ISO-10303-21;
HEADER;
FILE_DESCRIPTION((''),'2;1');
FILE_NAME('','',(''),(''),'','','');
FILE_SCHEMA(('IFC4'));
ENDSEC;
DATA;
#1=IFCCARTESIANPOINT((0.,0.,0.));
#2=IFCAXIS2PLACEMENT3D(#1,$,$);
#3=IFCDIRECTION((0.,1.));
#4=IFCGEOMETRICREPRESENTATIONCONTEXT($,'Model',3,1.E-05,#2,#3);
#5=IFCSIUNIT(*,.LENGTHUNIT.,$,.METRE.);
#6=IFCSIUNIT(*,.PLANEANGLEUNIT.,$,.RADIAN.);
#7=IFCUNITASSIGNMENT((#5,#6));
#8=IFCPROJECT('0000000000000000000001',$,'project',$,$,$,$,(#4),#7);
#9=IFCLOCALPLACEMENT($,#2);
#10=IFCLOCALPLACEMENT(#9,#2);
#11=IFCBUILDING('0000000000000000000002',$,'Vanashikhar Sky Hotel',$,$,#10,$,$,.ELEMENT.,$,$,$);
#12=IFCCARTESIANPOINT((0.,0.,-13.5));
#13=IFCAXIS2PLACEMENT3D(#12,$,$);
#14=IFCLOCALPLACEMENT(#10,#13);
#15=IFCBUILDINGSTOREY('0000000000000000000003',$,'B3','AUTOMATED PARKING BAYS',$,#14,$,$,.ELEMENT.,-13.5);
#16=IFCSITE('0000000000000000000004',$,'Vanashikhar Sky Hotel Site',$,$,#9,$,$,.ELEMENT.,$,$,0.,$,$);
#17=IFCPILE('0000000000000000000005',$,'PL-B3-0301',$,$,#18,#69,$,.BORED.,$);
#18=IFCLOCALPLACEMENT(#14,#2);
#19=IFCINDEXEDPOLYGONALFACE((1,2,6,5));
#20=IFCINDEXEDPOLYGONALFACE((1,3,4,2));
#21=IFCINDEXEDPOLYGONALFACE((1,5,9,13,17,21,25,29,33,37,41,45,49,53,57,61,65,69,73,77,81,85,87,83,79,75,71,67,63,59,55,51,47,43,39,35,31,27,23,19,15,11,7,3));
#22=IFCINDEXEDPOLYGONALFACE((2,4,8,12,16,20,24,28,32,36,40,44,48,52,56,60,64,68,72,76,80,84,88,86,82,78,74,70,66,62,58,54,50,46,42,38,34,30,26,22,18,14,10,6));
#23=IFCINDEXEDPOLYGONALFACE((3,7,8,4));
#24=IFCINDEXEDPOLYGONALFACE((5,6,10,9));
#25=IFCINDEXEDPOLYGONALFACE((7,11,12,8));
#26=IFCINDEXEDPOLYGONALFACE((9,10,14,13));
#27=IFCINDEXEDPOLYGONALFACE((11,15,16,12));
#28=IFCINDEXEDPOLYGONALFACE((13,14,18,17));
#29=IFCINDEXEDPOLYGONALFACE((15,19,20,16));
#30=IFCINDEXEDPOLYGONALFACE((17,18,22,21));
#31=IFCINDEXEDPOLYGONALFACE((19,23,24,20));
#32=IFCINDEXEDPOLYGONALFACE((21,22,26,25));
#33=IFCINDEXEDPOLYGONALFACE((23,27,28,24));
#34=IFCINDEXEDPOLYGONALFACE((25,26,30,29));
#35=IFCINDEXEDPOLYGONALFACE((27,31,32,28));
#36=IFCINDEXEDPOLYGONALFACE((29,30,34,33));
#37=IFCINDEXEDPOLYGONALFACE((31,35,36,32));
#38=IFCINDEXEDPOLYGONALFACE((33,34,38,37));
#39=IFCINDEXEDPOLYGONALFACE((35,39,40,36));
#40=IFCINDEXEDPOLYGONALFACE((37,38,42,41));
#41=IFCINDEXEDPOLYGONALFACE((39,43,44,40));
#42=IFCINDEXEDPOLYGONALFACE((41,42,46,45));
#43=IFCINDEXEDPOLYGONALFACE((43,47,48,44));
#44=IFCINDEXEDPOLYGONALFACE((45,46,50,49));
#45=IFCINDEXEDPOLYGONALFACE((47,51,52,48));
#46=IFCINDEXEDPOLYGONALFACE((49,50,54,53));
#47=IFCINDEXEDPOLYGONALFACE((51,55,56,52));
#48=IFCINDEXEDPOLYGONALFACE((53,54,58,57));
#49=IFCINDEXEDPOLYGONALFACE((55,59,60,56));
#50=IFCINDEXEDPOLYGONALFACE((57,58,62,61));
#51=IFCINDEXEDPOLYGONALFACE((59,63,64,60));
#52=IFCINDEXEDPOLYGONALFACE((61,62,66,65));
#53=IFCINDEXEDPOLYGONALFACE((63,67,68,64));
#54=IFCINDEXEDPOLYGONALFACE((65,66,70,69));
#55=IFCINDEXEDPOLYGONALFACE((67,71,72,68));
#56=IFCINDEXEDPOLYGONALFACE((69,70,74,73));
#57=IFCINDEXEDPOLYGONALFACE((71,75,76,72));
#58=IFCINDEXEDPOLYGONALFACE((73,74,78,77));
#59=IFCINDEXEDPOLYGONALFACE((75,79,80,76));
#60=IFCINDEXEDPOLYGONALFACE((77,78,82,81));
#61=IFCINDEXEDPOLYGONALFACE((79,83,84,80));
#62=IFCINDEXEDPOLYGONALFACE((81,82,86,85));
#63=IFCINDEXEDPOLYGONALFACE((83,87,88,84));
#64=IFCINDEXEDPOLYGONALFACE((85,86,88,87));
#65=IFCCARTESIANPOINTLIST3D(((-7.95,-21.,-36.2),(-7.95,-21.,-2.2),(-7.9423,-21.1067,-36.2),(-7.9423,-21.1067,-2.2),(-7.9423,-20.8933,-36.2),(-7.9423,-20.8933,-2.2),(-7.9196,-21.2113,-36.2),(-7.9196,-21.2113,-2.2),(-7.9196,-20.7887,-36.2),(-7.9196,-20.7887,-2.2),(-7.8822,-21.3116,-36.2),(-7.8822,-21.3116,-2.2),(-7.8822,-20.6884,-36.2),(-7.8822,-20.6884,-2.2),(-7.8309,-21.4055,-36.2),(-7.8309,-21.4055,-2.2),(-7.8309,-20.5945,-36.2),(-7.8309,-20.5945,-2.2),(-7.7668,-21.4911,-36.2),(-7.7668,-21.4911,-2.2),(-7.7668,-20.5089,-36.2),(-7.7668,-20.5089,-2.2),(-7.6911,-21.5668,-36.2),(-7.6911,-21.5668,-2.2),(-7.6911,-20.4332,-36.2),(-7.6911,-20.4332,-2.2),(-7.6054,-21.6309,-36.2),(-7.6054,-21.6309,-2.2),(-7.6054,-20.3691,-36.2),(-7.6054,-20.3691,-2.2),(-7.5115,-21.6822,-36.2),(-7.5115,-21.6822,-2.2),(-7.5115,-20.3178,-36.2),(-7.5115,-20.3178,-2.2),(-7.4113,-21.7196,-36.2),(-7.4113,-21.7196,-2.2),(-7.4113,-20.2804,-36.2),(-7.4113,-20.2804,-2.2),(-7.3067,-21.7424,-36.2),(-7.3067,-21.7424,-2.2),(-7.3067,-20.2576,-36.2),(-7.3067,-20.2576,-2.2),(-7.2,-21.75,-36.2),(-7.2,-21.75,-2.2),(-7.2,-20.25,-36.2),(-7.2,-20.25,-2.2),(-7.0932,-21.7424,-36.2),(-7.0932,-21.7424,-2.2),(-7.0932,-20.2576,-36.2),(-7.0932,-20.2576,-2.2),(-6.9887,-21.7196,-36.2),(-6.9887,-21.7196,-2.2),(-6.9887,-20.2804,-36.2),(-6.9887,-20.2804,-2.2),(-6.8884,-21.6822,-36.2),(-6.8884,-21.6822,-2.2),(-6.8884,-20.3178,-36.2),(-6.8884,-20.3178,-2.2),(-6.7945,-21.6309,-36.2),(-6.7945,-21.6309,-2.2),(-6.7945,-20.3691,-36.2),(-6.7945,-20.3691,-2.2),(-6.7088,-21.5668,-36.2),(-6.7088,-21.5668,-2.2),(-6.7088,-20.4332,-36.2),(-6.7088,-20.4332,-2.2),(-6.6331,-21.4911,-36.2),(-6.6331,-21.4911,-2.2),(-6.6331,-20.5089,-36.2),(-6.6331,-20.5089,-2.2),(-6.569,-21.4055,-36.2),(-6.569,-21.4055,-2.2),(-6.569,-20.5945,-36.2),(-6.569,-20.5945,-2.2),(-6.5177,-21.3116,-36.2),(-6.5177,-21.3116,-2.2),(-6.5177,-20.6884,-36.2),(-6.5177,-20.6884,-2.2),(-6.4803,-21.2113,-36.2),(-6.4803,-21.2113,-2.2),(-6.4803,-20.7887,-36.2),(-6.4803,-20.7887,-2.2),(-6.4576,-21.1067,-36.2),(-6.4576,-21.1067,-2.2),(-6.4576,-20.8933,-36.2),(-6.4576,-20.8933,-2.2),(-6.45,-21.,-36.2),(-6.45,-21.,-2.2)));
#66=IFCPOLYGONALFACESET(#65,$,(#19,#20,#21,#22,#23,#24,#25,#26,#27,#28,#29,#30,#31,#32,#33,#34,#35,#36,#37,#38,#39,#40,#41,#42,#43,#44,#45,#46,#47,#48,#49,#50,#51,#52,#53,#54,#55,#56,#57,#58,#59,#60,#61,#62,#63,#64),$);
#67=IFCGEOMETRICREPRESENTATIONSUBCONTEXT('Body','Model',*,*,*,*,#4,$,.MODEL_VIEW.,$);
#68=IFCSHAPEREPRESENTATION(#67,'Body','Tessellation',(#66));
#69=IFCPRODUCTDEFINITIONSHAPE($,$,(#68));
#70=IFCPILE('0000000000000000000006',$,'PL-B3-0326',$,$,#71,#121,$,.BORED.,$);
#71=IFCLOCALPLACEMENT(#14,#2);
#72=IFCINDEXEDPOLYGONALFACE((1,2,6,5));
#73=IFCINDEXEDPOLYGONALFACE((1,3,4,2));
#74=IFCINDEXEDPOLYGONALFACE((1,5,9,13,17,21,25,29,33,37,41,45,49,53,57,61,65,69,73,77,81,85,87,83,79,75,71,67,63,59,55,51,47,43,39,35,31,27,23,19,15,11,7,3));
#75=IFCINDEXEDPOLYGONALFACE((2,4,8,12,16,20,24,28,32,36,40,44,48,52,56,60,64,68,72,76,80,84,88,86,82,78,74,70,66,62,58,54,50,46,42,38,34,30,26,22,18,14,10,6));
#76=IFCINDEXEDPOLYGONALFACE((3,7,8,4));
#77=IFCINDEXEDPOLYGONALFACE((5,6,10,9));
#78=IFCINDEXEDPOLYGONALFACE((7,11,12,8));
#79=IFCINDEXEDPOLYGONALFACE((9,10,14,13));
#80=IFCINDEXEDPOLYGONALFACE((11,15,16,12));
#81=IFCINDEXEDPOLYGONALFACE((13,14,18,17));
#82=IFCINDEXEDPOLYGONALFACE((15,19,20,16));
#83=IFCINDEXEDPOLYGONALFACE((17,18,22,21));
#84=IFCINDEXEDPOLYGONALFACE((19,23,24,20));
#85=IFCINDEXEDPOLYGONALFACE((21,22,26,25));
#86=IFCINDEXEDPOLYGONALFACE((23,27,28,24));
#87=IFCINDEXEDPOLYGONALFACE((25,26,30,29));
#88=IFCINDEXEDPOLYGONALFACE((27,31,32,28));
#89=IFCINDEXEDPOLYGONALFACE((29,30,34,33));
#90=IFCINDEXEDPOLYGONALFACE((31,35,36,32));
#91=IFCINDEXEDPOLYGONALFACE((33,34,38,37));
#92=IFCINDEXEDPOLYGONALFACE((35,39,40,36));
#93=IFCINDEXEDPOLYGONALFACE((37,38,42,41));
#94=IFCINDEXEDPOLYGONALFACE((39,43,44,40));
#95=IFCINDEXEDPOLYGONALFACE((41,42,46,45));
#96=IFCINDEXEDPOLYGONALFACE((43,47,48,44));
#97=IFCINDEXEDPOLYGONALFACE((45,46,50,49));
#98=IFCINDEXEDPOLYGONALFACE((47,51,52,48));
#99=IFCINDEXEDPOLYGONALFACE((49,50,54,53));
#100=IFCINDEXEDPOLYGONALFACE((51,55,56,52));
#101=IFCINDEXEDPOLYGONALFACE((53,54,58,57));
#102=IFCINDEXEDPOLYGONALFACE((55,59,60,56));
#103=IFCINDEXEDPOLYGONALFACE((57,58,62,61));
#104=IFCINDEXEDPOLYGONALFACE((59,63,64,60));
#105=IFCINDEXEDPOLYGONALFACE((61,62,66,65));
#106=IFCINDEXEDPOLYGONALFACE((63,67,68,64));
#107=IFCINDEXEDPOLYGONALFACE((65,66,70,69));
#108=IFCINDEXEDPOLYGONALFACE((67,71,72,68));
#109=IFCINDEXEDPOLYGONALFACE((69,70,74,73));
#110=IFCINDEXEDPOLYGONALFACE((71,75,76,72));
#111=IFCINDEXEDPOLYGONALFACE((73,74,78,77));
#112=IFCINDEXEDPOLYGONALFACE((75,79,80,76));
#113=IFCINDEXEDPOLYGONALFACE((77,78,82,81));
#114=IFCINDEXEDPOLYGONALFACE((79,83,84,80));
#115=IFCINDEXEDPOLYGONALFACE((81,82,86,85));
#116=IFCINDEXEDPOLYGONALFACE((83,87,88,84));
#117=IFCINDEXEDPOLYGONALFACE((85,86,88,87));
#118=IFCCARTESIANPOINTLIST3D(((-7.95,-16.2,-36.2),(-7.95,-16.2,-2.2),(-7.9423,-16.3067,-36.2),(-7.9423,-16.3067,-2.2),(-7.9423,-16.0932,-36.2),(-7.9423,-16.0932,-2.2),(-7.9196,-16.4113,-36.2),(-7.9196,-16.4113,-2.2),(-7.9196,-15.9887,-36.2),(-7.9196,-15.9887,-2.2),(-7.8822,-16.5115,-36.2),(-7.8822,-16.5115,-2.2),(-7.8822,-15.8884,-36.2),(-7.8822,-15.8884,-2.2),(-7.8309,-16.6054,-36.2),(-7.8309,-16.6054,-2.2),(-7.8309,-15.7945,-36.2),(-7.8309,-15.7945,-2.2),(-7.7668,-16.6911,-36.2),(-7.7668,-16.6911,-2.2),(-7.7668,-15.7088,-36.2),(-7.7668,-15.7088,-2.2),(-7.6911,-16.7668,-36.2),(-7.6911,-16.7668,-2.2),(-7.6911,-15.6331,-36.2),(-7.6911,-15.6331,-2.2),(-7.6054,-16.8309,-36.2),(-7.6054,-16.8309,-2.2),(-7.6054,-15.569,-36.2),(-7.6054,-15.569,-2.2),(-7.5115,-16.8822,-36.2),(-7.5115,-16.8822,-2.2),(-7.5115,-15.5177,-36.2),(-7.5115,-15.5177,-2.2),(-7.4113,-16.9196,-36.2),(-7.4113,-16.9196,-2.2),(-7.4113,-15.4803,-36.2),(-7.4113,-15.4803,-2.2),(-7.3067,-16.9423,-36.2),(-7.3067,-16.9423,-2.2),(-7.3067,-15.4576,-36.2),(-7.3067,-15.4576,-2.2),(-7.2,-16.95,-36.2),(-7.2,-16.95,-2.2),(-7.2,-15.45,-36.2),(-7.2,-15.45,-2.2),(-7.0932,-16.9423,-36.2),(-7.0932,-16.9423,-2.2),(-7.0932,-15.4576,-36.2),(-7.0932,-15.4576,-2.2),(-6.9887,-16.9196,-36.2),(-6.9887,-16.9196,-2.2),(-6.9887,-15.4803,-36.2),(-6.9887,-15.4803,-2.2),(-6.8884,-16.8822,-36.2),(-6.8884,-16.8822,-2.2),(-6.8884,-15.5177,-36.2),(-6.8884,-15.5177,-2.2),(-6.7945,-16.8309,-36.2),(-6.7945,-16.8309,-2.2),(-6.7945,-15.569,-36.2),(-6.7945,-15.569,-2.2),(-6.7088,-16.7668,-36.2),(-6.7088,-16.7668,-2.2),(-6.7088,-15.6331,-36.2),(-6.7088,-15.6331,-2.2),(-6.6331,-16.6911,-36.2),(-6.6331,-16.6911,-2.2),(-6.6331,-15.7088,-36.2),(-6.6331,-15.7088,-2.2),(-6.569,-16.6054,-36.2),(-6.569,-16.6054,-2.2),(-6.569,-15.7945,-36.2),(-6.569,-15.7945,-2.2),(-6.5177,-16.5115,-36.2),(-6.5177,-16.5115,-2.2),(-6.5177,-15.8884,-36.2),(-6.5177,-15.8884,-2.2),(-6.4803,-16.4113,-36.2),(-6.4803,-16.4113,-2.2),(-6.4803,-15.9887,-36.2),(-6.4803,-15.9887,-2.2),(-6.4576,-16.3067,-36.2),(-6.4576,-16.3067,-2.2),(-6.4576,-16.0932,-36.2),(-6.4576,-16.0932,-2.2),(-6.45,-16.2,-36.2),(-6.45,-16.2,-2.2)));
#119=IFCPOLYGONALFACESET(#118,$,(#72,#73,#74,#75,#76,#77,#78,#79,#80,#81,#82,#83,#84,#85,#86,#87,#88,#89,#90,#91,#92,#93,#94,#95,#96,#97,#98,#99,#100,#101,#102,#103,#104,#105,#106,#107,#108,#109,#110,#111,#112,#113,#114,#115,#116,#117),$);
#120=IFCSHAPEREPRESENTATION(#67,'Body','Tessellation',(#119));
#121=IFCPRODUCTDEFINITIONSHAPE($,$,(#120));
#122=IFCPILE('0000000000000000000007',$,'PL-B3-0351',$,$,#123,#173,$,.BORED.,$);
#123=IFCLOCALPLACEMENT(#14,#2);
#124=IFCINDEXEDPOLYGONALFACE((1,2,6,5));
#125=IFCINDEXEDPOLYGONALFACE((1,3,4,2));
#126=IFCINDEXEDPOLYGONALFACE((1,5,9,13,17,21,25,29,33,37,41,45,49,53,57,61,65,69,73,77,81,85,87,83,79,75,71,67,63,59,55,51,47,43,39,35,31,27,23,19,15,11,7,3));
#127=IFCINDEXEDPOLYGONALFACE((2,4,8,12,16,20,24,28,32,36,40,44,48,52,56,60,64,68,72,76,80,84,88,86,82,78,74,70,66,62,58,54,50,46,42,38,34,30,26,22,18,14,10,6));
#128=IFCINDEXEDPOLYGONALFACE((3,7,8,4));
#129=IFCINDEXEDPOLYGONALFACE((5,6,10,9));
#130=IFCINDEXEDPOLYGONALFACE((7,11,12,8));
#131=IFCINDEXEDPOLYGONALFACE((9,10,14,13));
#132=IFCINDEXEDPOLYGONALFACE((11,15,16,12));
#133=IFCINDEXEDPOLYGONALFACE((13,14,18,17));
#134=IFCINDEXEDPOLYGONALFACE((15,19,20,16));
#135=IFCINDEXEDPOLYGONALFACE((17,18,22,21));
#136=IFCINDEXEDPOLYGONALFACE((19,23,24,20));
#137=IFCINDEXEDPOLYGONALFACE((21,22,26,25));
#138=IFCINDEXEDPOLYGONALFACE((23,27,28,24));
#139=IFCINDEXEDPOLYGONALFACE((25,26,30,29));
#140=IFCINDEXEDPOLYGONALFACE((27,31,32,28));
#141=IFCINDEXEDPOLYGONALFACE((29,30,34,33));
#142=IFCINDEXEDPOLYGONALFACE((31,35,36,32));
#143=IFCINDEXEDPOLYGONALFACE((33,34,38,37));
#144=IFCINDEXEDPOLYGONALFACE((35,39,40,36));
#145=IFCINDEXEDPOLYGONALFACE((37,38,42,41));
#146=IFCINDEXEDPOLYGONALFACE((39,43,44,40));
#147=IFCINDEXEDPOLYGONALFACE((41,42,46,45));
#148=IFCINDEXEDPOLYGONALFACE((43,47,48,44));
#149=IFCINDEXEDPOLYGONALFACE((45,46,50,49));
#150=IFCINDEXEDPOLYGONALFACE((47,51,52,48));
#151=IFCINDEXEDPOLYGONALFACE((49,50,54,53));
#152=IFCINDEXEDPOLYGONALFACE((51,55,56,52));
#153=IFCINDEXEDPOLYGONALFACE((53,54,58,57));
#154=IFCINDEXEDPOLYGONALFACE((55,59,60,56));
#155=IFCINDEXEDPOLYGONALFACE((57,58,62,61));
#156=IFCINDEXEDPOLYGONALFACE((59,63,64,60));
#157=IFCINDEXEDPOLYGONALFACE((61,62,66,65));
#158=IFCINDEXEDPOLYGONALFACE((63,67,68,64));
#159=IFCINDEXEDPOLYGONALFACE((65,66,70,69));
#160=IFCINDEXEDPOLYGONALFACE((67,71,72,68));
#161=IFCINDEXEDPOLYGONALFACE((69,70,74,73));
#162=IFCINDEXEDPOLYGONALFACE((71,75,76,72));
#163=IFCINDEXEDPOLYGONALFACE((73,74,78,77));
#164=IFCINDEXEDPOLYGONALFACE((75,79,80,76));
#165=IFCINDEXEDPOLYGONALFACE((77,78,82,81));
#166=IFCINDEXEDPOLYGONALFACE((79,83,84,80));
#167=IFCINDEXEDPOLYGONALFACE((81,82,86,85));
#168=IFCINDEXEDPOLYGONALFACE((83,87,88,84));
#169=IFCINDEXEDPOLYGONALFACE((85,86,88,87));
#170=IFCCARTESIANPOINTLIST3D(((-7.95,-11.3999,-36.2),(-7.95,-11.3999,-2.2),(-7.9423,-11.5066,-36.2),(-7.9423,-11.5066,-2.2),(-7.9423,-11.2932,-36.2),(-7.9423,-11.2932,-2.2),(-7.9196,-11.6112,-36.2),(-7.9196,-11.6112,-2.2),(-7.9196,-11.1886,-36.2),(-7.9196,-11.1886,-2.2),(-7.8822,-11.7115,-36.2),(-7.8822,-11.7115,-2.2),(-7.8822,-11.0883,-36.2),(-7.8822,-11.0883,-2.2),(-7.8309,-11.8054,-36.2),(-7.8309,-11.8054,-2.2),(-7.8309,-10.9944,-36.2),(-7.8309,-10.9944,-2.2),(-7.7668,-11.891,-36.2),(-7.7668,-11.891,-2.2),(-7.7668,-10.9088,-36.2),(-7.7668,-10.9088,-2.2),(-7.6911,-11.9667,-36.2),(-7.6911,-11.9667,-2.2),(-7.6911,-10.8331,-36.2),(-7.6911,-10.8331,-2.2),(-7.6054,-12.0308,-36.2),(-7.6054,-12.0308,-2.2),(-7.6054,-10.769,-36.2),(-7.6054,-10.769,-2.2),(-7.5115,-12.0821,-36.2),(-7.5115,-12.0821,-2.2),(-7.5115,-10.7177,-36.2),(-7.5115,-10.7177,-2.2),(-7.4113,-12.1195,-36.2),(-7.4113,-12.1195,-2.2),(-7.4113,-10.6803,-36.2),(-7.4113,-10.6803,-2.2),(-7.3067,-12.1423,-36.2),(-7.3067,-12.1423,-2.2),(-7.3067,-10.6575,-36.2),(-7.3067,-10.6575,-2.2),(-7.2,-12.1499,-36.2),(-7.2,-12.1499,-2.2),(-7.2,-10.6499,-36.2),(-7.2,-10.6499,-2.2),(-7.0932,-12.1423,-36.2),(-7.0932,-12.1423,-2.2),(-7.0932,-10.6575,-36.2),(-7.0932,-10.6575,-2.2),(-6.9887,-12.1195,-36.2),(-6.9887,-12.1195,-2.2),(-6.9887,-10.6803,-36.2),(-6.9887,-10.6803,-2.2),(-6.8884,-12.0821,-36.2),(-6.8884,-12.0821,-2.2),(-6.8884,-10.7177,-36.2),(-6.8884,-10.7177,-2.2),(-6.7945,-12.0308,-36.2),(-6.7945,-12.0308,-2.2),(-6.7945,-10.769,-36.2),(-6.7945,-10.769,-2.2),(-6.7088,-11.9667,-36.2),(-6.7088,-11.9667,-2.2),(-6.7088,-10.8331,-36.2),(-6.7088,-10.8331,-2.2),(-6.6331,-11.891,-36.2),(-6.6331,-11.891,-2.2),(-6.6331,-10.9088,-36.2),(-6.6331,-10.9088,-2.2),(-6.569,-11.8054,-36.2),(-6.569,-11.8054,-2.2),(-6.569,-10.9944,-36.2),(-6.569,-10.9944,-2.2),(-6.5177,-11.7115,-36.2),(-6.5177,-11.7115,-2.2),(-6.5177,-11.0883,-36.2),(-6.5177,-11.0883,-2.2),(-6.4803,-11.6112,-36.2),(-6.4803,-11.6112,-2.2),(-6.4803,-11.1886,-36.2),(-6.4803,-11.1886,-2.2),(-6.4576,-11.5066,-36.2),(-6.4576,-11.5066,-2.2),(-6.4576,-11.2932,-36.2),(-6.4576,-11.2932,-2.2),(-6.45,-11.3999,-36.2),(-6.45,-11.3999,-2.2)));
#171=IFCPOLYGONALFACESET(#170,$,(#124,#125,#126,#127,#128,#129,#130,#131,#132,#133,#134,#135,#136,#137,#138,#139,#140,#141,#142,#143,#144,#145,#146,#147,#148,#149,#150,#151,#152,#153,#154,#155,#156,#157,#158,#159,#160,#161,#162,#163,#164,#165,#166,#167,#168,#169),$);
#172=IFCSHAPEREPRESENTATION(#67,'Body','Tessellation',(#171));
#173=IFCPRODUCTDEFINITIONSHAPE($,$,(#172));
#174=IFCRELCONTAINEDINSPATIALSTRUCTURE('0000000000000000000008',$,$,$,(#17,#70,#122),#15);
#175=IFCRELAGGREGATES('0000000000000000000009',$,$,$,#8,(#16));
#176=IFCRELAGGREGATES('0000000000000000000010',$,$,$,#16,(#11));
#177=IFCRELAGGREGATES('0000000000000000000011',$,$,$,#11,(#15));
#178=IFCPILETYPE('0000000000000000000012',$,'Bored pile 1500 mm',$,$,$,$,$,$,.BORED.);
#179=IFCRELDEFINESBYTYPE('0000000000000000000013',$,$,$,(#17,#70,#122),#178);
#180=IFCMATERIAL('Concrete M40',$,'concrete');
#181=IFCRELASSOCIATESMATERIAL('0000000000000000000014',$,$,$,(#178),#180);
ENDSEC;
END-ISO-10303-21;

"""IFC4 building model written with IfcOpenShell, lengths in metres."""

from ifc_helpers import new_model, si_unit, direction, frame, origin, origin_2d, place, context, subcontext, project, spatial, circle, extrude, source, transform, mapped, material, type_object, element, save


model = new_model("IFC4")

# Units and contexts
model_context = context("Model", 3, precision=1e-05, world=origin(), true_north=direction((0.0, 1.0)))
body_context = subcontext(model_context, "Body", "Model", "MODEL_VIEW")
ifc_project = project(units=[si_unit("LENGTHUNIT", "METRE"), si_unit("PLANEANGLEUNIT", "RADIAN")], contexts=[model_context])

# Site, building, storey
site_placement = place(None, origin())
site = spatial("IfcSite", under=ifc_project, at=site_placement, Name="Vanashikhar Sky Hotel Site", CompositionType="ELEMENT", RefElevation=0.0)
building_placement = place(site_placement, origin())
building = spatial("IfcBuilding", under=site, at=building_placement, Name="Vanashikhar Sky Hotel", CompositionType="ELEMENT")
storey_placement = place(building_placement, frame((0.0, 0.0, -13.5)))
storey = spatial("IfcBuildingStorey", under=building, at=storey_placement, Name="B3", Description="AUTOMATED PARKING BAYS", CompositionType="ELEMENT", Elevation=-13.5)

# Piles
ifc_material_1 = material(Name="Concrete M40", Category="concrete")
pile_type_1 = type_object("IfcPileType", Name="Bored pile 1500 mm", PredefinedType="BORED", material=ifc_material_1)
shared_shape_1 = source(origin(), body_context, "Body", "SweptSolid", [
    extrude(circle(Radius=0.75, at=origin_2d()), origin(), (0.0, 0.0, 1.0), 34.0),
])
for number, where, z_axis, x_axis, name in (
    (1, (-7.2, -21.0, -2.2), (0.0, 0.0, -1.0), (1.0, 0.0, 0.0), "PL-B3-0301"),
    (2, (-7.2, -16.2, -2.2), (0.0, 0.0, -1.0), (1.0, 0.0, 0.0), "PL-B3-0326"),
    (3, (-7.2, -11.3999, -2.2), (0.0, 0.0, -1.0), (1.0, 0.0, 0.0), "PL-B3-0351"),
):
    element("IfcPile", number, at=place(storey_placement, frame(where, z_axis=z_axis, x_axis=x_axis)), inside=storey, type_object=pile_type_1, Name=name, PredefinedType="BORED", context=body_context, shape_type="MappedRepresentation", body=[
        mapped(shared_shape_1, transform((0.0, 0.0, 0.0), scale=1.0)),
    ])

save(model, "model.ifc")
